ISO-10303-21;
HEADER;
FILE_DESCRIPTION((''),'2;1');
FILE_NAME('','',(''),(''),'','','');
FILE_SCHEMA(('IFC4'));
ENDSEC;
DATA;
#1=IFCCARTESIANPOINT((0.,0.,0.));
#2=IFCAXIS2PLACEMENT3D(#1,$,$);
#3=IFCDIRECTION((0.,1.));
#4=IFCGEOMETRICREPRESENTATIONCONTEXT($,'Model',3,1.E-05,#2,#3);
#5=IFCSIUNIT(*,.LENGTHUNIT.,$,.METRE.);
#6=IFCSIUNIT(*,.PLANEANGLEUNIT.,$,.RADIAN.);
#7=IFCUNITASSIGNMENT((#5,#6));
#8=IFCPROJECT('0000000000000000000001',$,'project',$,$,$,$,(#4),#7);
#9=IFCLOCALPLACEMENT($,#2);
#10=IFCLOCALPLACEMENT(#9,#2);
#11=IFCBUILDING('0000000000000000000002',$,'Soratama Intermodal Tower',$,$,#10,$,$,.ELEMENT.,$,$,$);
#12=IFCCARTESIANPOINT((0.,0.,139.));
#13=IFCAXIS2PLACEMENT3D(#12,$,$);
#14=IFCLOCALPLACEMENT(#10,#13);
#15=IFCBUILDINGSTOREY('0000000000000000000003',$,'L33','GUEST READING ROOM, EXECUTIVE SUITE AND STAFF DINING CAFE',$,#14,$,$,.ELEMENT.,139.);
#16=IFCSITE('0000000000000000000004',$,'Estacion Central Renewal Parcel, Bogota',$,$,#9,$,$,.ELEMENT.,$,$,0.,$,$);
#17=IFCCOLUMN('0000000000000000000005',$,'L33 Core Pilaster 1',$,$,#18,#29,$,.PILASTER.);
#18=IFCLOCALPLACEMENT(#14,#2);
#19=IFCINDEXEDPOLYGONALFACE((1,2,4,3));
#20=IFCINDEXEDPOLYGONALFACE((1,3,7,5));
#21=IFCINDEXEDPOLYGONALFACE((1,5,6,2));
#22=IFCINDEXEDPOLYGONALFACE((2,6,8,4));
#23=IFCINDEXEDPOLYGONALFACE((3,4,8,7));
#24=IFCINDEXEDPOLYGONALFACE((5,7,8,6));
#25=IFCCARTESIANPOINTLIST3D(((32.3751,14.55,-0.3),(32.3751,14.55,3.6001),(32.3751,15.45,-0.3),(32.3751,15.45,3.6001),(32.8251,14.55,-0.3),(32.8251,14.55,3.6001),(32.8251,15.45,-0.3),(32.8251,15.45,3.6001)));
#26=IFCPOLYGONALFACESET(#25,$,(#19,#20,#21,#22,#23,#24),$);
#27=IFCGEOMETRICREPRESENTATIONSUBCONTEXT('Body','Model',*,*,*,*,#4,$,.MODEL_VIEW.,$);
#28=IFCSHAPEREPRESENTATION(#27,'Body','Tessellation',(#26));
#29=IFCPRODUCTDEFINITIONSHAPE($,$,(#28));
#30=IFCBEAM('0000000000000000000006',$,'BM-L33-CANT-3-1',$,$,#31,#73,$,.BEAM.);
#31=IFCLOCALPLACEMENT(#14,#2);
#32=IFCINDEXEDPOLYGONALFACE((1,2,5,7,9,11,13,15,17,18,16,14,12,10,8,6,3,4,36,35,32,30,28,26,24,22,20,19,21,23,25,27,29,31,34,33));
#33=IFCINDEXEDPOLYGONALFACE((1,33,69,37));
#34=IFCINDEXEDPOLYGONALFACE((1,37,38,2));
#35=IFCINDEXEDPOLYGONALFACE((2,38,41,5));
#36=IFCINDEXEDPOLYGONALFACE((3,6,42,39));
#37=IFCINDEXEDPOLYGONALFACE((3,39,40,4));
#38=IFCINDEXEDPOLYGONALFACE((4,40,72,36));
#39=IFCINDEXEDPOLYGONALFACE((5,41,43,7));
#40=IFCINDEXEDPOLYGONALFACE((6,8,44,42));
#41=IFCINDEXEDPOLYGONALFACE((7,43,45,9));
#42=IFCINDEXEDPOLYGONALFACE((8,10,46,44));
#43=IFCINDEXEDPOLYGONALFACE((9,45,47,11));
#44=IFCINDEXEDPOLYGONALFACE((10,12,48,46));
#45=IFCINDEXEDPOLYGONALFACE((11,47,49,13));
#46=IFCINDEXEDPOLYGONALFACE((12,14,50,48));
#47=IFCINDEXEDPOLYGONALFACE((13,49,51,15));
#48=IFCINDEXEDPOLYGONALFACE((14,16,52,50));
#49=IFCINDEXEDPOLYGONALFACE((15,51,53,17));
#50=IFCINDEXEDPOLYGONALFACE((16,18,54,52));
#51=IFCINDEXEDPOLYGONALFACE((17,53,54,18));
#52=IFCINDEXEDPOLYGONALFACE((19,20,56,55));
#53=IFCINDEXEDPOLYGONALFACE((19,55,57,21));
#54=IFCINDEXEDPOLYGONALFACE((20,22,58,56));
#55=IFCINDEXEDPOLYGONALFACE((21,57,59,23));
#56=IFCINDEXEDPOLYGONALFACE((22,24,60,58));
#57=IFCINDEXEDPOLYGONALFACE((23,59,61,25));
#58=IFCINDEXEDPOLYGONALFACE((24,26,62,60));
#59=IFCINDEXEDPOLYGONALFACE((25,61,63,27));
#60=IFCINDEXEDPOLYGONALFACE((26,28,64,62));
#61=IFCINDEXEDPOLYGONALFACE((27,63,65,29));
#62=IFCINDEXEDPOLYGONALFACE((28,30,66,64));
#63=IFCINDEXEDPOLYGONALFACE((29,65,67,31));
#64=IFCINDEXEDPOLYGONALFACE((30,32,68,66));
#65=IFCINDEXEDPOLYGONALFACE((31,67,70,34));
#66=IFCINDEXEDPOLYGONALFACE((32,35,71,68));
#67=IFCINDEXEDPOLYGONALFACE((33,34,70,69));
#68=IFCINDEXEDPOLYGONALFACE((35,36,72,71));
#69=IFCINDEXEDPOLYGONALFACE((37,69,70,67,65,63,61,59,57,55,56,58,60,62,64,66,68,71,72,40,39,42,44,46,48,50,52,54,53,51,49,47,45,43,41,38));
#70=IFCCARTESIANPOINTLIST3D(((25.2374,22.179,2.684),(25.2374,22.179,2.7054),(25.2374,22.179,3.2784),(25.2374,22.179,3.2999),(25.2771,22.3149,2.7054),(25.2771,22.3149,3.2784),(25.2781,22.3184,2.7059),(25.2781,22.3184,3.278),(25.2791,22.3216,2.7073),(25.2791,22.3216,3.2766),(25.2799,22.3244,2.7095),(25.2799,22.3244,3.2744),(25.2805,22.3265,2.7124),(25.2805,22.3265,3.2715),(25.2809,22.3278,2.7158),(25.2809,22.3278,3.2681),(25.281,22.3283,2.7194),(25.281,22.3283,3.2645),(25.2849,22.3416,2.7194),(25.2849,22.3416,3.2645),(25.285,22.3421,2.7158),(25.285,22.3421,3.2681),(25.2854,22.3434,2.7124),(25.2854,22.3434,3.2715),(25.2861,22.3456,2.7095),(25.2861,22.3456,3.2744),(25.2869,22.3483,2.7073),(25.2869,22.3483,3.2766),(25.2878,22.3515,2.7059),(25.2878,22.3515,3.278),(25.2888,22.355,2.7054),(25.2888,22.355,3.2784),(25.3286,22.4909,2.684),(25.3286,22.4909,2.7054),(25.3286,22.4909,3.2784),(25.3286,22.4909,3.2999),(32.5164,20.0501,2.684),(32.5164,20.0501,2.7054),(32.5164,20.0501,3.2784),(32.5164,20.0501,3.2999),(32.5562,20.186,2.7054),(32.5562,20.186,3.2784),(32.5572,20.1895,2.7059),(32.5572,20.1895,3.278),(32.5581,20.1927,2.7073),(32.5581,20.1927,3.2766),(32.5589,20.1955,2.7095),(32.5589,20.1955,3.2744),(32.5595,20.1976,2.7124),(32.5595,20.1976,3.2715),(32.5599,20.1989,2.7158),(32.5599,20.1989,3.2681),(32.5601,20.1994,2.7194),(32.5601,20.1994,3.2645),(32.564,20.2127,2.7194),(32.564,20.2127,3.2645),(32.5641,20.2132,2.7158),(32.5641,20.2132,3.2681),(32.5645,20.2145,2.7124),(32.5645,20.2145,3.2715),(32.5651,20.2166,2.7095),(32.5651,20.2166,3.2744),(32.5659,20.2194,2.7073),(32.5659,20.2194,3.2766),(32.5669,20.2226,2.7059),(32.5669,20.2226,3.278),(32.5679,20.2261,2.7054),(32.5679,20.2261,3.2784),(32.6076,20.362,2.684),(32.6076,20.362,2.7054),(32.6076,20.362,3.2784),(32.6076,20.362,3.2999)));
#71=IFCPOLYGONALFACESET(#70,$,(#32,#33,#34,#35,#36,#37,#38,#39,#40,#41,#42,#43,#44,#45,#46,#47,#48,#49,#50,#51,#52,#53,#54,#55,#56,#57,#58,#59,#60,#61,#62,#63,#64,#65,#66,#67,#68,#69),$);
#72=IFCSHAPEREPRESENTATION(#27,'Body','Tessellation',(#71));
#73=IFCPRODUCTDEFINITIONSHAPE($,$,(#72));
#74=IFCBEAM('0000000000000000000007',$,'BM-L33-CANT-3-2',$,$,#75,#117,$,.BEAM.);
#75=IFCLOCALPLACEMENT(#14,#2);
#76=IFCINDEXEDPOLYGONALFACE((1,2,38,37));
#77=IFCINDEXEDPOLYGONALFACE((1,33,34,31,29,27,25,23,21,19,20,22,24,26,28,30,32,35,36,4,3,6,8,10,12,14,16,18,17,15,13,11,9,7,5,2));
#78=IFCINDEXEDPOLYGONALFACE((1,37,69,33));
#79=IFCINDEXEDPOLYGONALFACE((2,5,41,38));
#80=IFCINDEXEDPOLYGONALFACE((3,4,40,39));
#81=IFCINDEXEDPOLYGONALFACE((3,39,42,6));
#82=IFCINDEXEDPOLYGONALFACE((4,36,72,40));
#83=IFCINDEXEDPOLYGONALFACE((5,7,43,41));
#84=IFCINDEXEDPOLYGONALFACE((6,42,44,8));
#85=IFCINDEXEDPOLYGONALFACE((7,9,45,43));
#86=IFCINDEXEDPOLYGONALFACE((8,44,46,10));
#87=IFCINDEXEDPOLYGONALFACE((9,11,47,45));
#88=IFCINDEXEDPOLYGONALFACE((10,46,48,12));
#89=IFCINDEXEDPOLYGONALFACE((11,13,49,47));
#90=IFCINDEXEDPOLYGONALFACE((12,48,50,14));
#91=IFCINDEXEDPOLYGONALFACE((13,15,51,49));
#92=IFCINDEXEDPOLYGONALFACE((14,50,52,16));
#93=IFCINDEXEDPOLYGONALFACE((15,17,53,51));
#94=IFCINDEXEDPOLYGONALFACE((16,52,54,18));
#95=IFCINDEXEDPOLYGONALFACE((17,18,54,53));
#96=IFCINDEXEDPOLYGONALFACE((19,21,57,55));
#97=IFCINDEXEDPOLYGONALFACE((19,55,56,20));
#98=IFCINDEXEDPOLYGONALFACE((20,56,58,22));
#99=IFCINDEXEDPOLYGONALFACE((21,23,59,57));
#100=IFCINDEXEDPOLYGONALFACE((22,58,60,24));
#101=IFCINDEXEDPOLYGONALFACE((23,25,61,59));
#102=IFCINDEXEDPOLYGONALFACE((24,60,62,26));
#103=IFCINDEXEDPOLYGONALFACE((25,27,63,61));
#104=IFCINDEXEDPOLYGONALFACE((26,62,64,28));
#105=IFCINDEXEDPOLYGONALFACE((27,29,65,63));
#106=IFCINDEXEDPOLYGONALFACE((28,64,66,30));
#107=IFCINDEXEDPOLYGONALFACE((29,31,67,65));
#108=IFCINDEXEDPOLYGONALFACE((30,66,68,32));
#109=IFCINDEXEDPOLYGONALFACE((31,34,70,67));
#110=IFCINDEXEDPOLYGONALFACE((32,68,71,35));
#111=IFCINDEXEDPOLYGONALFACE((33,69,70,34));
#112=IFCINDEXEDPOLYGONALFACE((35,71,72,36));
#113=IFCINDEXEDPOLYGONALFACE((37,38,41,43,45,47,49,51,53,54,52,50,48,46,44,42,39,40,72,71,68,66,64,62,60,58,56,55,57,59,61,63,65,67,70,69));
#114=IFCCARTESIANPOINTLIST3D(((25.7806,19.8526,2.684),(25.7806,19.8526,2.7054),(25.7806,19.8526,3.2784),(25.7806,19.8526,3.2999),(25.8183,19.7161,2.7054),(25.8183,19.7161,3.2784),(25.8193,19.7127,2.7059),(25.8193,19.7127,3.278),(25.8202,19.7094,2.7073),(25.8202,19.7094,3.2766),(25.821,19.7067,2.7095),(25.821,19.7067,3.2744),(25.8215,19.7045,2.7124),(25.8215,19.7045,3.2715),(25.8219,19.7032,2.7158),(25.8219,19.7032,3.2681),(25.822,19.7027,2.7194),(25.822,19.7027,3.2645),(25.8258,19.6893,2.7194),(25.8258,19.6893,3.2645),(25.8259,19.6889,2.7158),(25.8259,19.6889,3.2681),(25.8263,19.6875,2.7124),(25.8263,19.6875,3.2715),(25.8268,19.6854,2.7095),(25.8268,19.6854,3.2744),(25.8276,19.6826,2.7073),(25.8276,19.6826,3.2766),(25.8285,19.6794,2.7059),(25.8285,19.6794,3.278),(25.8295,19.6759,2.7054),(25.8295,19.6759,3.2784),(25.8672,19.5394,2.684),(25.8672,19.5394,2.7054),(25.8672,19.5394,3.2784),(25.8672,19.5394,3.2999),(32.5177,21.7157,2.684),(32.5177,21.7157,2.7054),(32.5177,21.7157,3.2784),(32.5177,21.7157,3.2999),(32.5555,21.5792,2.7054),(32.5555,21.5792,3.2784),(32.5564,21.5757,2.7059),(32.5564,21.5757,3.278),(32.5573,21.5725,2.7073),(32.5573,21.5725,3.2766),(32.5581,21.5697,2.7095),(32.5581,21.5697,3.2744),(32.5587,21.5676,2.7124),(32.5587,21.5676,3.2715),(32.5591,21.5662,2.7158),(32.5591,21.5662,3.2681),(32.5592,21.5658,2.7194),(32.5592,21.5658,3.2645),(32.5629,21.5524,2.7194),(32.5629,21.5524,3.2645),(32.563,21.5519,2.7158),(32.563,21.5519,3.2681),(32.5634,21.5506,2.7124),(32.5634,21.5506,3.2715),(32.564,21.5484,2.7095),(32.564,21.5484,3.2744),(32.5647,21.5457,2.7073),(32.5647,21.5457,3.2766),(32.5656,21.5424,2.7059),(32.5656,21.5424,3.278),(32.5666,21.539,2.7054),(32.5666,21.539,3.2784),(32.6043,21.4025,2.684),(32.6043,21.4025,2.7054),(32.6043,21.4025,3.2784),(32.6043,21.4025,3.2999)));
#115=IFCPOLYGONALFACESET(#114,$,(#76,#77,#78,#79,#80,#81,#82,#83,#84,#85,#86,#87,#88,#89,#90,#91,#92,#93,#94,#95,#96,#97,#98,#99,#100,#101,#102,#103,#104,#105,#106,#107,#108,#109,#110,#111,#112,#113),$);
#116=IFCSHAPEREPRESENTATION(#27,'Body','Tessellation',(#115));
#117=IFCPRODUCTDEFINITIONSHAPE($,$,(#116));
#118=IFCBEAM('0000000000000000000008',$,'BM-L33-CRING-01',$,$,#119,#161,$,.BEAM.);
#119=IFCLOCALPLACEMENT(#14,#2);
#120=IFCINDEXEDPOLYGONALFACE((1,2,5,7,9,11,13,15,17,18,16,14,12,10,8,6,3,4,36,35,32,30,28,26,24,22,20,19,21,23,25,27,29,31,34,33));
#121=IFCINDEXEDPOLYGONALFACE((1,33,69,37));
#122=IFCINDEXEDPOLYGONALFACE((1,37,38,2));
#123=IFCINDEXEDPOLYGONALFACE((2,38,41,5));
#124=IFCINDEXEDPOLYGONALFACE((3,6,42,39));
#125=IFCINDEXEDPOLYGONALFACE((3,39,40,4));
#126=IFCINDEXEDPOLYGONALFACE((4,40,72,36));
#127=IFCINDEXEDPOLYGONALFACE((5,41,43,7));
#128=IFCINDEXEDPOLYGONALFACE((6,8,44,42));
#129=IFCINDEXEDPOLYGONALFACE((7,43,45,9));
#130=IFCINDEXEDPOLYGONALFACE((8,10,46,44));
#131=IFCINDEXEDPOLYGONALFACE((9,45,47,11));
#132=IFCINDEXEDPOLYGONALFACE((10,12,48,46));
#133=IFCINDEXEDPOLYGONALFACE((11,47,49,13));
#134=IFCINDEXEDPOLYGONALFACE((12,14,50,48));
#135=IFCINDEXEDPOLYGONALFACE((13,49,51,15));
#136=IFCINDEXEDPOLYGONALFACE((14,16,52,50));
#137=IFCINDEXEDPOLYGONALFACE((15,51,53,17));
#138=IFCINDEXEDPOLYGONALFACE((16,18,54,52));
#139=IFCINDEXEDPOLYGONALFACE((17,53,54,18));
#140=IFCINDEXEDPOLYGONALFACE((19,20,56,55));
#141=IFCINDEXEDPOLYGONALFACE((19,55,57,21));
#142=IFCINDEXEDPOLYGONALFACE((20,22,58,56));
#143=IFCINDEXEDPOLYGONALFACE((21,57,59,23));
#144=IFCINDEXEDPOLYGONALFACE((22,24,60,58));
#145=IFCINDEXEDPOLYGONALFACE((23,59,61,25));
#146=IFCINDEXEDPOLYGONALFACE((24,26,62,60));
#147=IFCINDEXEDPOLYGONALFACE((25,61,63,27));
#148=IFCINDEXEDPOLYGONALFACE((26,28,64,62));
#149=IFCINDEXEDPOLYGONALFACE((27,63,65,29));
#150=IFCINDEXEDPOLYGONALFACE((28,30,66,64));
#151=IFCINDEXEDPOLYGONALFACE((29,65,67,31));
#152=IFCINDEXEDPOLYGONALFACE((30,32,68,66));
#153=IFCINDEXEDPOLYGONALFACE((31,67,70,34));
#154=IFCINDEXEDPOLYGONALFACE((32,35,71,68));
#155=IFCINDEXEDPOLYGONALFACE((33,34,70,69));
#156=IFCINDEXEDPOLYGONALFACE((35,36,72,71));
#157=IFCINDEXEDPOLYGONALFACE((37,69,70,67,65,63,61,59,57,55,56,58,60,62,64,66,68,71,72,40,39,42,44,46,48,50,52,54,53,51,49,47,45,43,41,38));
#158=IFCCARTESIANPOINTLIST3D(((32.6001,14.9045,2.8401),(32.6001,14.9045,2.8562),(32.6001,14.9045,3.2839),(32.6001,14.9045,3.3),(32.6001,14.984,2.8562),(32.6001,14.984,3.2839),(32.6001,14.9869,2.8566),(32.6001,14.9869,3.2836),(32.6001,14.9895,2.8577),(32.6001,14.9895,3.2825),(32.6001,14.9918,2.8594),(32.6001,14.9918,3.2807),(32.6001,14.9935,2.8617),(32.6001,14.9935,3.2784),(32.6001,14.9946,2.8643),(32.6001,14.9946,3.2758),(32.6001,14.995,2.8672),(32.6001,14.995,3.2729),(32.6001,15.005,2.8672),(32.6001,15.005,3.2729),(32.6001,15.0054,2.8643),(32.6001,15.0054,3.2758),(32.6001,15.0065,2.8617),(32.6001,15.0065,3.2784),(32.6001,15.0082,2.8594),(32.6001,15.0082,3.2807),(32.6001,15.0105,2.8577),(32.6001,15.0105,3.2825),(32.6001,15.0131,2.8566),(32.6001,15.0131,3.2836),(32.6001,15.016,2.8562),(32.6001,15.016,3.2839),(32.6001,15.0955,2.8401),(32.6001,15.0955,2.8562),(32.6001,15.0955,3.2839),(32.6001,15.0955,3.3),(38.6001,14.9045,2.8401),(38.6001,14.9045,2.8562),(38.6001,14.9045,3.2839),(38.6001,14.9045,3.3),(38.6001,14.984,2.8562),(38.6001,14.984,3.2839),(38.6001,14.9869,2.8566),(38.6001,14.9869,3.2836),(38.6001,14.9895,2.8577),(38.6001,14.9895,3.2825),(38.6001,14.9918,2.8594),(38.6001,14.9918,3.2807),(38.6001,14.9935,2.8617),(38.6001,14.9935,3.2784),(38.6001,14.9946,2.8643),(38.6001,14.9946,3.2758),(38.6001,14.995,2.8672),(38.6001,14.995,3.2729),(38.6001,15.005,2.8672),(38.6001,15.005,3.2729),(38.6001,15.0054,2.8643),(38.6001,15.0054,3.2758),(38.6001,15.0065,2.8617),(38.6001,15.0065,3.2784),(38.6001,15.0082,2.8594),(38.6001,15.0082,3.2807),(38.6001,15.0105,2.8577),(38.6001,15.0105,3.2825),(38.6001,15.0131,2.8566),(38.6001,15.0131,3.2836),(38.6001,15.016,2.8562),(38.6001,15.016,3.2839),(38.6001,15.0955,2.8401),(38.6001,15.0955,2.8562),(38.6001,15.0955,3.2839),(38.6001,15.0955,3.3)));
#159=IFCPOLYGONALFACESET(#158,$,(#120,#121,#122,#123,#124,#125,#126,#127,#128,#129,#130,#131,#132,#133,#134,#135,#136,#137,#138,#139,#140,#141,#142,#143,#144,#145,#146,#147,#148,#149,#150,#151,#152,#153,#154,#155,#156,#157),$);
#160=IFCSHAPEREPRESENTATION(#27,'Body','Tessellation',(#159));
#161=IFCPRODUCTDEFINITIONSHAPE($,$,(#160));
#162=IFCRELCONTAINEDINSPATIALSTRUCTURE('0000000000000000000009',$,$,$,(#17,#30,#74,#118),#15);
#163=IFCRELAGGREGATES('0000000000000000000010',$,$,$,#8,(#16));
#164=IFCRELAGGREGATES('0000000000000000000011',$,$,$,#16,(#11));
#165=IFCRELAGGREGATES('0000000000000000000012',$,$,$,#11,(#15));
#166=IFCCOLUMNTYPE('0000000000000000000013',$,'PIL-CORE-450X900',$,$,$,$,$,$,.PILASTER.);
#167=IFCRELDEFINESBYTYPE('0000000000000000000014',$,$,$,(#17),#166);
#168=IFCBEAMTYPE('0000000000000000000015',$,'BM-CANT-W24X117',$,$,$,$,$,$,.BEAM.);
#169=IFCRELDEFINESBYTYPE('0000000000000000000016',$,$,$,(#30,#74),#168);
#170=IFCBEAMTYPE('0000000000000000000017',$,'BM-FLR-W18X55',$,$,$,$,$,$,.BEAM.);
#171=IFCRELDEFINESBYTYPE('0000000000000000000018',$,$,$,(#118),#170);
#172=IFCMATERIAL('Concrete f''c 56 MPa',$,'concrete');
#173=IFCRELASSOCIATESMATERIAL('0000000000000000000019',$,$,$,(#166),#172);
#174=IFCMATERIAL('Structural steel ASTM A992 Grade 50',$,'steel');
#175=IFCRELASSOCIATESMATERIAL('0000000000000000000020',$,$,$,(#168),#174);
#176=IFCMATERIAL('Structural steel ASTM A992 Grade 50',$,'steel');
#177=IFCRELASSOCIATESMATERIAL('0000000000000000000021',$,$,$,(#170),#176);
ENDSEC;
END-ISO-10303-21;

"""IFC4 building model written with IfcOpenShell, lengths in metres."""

from ifc_helpers import new_model, si_unit, direction, frame, origin, origin_2d, place, context, subcontext, project, spatial, rectangle, i_section, extrude, material, material_profile, profile_set, type_object, element, save


model = new_model("IFC4")

# Units and contexts
model_context = context("Model", 3, precision=1e-05, world=origin(), true_north=direction((0.0, 1.0)))
body_context = subcontext(model_context, "Body", "Model", "MODEL_VIEW")
ifc_project = project(units=[si_unit("LENGTHUNIT", "METRE"), si_unit("PLANEANGLEUNIT", "RADIAN")], contexts=[model_context])

# Site, building, storey
site_placement = place(None, origin())
site = spatial("IfcSite", under=ifc_project, at=site_placement, Name="Estacion Central Renewal Parcel, Bogota", CompositionType="ELEMENT", RefElevation=0.0)
building_placement = place(site_placement, origin())
building = spatial("IfcBuilding", under=site, at=building_placement, Name="Soratama Intermodal Tower", CompositionType="ELEMENT")
storey_placement = place(building_placement, frame((0.0, 0.0, 139.0)))
storey = spatial("IfcBuildingStorey", under=building, at=storey_placement, Name="L33", Description="GUEST READING ROOM, EXECUTIVE SUITE AND STAFF DINING CAFE", CompositionType="ELEMENT", Elevation=139.0)

# Column
ifc_material_1 = material(Name="Concrete f'c 56 MPa", Category="concrete")
ifc_material_profile_1 = material_profile(ifc_material_1, rectangle(XDim=0.45, YDim=0.8999, at=origin_2d()), Name="RC450X900")
ifc_profile_set_1 = profile_set([ifc_material_profile_1], Name="Concrete f'c 56 MPa")
column_type = type_object("IfcColumnType", Name="PIL-CORE-450X900", PredefinedType="PILASTER", material=ifc_profile_set_1)
column_placement = place(storey_placement, frame((32.6001, 15.0, -0.3), z_axis=(0.0, 0.0, 1.0), x_axis=(1.0, 0.0, 0.0)))
element("IfcColumn", 1, at=column_placement, inside=storey, type_object=column_type, Name="L33 Core Pilaster 1", PredefinedType="PILASTER", context=body_context, shape_type="SweptSolid", body=[
    extrude(rectangle(XDim=0.45, YDim=0.8999, at=origin_2d()), origin(), (0.0, 0.0, 1.0), 3.9001),
])

# Beams
ifc_material_2 = material(Name="Structural steel ASTM A992 Grade 50", Category="steel")
ifc_material_profile_2 = material_profile(ifc_material_2, i_section(OverallWidth=0.325, OverallDepth=0.616, WebThickness=0.0139, FlangeThickness=0.0215, FilletRadius=0.0139, at=origin_2d()), Name="W24X117")
ifc_profile_set_2 = profile_set([ifc_material_profile_2], Name="Structural steel ASTM A992 Grade 50")
beam_type_1 = type_object("IfcBeamType", Name="BM-CANT-W24X117", PredefinedType="BEAM", material=ifc_profile_set_2)
beam_1_placement = place(storey_placement, frame((32.562, 20.2061, 2.9919), z_axis=(-0.959792, 0.280711, 0.0), x_axis=(-0.280711, -0.959792, 0.0)))
element("IfcBeam", 2, at=beam_1_placement, inside=storey, type_object=beam_type_1, Name="BM-L33-CANT-3-1", PredefinedType="BEAM", context=body_context, shape_type="SweptSolid", body=[
    extrude(i_section(OverallWidth=0.325, OverallDepth=0.616, WebThickness=0.0139, FlangeThickness=0.0215, FilletRadius=0.0139, at=origin_2d()), origin(), (0.0, 0.0, 1.0), 7.584),
])
beam_2_placement = place(storey_placement, frame((32.561, 21.5591, 2.9919), z_axis=(-0.963826, -0.266532, 0.0), x_axis=(0.266532, -0.963826, 0.0)))
element("IfcBeam", 3, at=beam_2_placement, inside=storey, type_object=beam_type_1, Name="BM-L33-CANT-3-2", PredefinedType="BEAM", context=body_context, shape_type="SweptSolid", body=[
    extrude(i_section(OverallWidth=0.325, OverallDepth=0.616, WebThickness=0.0139, FlangeThickness=0.0215, FilletRadius=0.0139, at=origin_2d()), origin(), (0.0, 0.0, 1.0), 6.99),
])
ifc_material_3 = material(Name="Structural steel ASTM A992 Grade 50", Category="steel")
ifc_material_profile_3 = material_profile(ifc_material_3, i_section(OverallWidth=0.1909, OverallDepth=0.46, WebThickness=0.01, FlangeThickness=0.0161, FilletRadius=0.011, at=origin_2d()), Name="W18X55")
ifc_profile_set_3 = profile_set([ifc_material_profile_3], Name="Structural steel ASTM A992 Grade 50")
beam_type_2 = type_object("IfcBeamType", Name="BM-FLR-W18X55", PredefinedType="BEAM", material=ifc_profile_set_3)
beam_3_placement = place(storey_placement, frame((32.6001, 15.0, 3.0701), z_axis=(1.0, 0.0, 0.0), x_axis=(0.0, 1.0, 0.0)))
element("IfcBeam", 4, at=beam_3_placement, inside=storey, type_object=beam_type_2, Name="BM-L33-CRING-01", PredefinedType="BEAM", context=body_context, shape_type="SweptSolid", body=[
    extrude(i_section(OverallWidth=0.1909, OverallDepth=0.46, WebThickness=0.01, FlangeThickness=0.0161, FilletRadius=0.011, at=origin_2d()), origin(), (0.0, 0.0, 1.0), 6.0),
])

save(model, "model.ifc")
